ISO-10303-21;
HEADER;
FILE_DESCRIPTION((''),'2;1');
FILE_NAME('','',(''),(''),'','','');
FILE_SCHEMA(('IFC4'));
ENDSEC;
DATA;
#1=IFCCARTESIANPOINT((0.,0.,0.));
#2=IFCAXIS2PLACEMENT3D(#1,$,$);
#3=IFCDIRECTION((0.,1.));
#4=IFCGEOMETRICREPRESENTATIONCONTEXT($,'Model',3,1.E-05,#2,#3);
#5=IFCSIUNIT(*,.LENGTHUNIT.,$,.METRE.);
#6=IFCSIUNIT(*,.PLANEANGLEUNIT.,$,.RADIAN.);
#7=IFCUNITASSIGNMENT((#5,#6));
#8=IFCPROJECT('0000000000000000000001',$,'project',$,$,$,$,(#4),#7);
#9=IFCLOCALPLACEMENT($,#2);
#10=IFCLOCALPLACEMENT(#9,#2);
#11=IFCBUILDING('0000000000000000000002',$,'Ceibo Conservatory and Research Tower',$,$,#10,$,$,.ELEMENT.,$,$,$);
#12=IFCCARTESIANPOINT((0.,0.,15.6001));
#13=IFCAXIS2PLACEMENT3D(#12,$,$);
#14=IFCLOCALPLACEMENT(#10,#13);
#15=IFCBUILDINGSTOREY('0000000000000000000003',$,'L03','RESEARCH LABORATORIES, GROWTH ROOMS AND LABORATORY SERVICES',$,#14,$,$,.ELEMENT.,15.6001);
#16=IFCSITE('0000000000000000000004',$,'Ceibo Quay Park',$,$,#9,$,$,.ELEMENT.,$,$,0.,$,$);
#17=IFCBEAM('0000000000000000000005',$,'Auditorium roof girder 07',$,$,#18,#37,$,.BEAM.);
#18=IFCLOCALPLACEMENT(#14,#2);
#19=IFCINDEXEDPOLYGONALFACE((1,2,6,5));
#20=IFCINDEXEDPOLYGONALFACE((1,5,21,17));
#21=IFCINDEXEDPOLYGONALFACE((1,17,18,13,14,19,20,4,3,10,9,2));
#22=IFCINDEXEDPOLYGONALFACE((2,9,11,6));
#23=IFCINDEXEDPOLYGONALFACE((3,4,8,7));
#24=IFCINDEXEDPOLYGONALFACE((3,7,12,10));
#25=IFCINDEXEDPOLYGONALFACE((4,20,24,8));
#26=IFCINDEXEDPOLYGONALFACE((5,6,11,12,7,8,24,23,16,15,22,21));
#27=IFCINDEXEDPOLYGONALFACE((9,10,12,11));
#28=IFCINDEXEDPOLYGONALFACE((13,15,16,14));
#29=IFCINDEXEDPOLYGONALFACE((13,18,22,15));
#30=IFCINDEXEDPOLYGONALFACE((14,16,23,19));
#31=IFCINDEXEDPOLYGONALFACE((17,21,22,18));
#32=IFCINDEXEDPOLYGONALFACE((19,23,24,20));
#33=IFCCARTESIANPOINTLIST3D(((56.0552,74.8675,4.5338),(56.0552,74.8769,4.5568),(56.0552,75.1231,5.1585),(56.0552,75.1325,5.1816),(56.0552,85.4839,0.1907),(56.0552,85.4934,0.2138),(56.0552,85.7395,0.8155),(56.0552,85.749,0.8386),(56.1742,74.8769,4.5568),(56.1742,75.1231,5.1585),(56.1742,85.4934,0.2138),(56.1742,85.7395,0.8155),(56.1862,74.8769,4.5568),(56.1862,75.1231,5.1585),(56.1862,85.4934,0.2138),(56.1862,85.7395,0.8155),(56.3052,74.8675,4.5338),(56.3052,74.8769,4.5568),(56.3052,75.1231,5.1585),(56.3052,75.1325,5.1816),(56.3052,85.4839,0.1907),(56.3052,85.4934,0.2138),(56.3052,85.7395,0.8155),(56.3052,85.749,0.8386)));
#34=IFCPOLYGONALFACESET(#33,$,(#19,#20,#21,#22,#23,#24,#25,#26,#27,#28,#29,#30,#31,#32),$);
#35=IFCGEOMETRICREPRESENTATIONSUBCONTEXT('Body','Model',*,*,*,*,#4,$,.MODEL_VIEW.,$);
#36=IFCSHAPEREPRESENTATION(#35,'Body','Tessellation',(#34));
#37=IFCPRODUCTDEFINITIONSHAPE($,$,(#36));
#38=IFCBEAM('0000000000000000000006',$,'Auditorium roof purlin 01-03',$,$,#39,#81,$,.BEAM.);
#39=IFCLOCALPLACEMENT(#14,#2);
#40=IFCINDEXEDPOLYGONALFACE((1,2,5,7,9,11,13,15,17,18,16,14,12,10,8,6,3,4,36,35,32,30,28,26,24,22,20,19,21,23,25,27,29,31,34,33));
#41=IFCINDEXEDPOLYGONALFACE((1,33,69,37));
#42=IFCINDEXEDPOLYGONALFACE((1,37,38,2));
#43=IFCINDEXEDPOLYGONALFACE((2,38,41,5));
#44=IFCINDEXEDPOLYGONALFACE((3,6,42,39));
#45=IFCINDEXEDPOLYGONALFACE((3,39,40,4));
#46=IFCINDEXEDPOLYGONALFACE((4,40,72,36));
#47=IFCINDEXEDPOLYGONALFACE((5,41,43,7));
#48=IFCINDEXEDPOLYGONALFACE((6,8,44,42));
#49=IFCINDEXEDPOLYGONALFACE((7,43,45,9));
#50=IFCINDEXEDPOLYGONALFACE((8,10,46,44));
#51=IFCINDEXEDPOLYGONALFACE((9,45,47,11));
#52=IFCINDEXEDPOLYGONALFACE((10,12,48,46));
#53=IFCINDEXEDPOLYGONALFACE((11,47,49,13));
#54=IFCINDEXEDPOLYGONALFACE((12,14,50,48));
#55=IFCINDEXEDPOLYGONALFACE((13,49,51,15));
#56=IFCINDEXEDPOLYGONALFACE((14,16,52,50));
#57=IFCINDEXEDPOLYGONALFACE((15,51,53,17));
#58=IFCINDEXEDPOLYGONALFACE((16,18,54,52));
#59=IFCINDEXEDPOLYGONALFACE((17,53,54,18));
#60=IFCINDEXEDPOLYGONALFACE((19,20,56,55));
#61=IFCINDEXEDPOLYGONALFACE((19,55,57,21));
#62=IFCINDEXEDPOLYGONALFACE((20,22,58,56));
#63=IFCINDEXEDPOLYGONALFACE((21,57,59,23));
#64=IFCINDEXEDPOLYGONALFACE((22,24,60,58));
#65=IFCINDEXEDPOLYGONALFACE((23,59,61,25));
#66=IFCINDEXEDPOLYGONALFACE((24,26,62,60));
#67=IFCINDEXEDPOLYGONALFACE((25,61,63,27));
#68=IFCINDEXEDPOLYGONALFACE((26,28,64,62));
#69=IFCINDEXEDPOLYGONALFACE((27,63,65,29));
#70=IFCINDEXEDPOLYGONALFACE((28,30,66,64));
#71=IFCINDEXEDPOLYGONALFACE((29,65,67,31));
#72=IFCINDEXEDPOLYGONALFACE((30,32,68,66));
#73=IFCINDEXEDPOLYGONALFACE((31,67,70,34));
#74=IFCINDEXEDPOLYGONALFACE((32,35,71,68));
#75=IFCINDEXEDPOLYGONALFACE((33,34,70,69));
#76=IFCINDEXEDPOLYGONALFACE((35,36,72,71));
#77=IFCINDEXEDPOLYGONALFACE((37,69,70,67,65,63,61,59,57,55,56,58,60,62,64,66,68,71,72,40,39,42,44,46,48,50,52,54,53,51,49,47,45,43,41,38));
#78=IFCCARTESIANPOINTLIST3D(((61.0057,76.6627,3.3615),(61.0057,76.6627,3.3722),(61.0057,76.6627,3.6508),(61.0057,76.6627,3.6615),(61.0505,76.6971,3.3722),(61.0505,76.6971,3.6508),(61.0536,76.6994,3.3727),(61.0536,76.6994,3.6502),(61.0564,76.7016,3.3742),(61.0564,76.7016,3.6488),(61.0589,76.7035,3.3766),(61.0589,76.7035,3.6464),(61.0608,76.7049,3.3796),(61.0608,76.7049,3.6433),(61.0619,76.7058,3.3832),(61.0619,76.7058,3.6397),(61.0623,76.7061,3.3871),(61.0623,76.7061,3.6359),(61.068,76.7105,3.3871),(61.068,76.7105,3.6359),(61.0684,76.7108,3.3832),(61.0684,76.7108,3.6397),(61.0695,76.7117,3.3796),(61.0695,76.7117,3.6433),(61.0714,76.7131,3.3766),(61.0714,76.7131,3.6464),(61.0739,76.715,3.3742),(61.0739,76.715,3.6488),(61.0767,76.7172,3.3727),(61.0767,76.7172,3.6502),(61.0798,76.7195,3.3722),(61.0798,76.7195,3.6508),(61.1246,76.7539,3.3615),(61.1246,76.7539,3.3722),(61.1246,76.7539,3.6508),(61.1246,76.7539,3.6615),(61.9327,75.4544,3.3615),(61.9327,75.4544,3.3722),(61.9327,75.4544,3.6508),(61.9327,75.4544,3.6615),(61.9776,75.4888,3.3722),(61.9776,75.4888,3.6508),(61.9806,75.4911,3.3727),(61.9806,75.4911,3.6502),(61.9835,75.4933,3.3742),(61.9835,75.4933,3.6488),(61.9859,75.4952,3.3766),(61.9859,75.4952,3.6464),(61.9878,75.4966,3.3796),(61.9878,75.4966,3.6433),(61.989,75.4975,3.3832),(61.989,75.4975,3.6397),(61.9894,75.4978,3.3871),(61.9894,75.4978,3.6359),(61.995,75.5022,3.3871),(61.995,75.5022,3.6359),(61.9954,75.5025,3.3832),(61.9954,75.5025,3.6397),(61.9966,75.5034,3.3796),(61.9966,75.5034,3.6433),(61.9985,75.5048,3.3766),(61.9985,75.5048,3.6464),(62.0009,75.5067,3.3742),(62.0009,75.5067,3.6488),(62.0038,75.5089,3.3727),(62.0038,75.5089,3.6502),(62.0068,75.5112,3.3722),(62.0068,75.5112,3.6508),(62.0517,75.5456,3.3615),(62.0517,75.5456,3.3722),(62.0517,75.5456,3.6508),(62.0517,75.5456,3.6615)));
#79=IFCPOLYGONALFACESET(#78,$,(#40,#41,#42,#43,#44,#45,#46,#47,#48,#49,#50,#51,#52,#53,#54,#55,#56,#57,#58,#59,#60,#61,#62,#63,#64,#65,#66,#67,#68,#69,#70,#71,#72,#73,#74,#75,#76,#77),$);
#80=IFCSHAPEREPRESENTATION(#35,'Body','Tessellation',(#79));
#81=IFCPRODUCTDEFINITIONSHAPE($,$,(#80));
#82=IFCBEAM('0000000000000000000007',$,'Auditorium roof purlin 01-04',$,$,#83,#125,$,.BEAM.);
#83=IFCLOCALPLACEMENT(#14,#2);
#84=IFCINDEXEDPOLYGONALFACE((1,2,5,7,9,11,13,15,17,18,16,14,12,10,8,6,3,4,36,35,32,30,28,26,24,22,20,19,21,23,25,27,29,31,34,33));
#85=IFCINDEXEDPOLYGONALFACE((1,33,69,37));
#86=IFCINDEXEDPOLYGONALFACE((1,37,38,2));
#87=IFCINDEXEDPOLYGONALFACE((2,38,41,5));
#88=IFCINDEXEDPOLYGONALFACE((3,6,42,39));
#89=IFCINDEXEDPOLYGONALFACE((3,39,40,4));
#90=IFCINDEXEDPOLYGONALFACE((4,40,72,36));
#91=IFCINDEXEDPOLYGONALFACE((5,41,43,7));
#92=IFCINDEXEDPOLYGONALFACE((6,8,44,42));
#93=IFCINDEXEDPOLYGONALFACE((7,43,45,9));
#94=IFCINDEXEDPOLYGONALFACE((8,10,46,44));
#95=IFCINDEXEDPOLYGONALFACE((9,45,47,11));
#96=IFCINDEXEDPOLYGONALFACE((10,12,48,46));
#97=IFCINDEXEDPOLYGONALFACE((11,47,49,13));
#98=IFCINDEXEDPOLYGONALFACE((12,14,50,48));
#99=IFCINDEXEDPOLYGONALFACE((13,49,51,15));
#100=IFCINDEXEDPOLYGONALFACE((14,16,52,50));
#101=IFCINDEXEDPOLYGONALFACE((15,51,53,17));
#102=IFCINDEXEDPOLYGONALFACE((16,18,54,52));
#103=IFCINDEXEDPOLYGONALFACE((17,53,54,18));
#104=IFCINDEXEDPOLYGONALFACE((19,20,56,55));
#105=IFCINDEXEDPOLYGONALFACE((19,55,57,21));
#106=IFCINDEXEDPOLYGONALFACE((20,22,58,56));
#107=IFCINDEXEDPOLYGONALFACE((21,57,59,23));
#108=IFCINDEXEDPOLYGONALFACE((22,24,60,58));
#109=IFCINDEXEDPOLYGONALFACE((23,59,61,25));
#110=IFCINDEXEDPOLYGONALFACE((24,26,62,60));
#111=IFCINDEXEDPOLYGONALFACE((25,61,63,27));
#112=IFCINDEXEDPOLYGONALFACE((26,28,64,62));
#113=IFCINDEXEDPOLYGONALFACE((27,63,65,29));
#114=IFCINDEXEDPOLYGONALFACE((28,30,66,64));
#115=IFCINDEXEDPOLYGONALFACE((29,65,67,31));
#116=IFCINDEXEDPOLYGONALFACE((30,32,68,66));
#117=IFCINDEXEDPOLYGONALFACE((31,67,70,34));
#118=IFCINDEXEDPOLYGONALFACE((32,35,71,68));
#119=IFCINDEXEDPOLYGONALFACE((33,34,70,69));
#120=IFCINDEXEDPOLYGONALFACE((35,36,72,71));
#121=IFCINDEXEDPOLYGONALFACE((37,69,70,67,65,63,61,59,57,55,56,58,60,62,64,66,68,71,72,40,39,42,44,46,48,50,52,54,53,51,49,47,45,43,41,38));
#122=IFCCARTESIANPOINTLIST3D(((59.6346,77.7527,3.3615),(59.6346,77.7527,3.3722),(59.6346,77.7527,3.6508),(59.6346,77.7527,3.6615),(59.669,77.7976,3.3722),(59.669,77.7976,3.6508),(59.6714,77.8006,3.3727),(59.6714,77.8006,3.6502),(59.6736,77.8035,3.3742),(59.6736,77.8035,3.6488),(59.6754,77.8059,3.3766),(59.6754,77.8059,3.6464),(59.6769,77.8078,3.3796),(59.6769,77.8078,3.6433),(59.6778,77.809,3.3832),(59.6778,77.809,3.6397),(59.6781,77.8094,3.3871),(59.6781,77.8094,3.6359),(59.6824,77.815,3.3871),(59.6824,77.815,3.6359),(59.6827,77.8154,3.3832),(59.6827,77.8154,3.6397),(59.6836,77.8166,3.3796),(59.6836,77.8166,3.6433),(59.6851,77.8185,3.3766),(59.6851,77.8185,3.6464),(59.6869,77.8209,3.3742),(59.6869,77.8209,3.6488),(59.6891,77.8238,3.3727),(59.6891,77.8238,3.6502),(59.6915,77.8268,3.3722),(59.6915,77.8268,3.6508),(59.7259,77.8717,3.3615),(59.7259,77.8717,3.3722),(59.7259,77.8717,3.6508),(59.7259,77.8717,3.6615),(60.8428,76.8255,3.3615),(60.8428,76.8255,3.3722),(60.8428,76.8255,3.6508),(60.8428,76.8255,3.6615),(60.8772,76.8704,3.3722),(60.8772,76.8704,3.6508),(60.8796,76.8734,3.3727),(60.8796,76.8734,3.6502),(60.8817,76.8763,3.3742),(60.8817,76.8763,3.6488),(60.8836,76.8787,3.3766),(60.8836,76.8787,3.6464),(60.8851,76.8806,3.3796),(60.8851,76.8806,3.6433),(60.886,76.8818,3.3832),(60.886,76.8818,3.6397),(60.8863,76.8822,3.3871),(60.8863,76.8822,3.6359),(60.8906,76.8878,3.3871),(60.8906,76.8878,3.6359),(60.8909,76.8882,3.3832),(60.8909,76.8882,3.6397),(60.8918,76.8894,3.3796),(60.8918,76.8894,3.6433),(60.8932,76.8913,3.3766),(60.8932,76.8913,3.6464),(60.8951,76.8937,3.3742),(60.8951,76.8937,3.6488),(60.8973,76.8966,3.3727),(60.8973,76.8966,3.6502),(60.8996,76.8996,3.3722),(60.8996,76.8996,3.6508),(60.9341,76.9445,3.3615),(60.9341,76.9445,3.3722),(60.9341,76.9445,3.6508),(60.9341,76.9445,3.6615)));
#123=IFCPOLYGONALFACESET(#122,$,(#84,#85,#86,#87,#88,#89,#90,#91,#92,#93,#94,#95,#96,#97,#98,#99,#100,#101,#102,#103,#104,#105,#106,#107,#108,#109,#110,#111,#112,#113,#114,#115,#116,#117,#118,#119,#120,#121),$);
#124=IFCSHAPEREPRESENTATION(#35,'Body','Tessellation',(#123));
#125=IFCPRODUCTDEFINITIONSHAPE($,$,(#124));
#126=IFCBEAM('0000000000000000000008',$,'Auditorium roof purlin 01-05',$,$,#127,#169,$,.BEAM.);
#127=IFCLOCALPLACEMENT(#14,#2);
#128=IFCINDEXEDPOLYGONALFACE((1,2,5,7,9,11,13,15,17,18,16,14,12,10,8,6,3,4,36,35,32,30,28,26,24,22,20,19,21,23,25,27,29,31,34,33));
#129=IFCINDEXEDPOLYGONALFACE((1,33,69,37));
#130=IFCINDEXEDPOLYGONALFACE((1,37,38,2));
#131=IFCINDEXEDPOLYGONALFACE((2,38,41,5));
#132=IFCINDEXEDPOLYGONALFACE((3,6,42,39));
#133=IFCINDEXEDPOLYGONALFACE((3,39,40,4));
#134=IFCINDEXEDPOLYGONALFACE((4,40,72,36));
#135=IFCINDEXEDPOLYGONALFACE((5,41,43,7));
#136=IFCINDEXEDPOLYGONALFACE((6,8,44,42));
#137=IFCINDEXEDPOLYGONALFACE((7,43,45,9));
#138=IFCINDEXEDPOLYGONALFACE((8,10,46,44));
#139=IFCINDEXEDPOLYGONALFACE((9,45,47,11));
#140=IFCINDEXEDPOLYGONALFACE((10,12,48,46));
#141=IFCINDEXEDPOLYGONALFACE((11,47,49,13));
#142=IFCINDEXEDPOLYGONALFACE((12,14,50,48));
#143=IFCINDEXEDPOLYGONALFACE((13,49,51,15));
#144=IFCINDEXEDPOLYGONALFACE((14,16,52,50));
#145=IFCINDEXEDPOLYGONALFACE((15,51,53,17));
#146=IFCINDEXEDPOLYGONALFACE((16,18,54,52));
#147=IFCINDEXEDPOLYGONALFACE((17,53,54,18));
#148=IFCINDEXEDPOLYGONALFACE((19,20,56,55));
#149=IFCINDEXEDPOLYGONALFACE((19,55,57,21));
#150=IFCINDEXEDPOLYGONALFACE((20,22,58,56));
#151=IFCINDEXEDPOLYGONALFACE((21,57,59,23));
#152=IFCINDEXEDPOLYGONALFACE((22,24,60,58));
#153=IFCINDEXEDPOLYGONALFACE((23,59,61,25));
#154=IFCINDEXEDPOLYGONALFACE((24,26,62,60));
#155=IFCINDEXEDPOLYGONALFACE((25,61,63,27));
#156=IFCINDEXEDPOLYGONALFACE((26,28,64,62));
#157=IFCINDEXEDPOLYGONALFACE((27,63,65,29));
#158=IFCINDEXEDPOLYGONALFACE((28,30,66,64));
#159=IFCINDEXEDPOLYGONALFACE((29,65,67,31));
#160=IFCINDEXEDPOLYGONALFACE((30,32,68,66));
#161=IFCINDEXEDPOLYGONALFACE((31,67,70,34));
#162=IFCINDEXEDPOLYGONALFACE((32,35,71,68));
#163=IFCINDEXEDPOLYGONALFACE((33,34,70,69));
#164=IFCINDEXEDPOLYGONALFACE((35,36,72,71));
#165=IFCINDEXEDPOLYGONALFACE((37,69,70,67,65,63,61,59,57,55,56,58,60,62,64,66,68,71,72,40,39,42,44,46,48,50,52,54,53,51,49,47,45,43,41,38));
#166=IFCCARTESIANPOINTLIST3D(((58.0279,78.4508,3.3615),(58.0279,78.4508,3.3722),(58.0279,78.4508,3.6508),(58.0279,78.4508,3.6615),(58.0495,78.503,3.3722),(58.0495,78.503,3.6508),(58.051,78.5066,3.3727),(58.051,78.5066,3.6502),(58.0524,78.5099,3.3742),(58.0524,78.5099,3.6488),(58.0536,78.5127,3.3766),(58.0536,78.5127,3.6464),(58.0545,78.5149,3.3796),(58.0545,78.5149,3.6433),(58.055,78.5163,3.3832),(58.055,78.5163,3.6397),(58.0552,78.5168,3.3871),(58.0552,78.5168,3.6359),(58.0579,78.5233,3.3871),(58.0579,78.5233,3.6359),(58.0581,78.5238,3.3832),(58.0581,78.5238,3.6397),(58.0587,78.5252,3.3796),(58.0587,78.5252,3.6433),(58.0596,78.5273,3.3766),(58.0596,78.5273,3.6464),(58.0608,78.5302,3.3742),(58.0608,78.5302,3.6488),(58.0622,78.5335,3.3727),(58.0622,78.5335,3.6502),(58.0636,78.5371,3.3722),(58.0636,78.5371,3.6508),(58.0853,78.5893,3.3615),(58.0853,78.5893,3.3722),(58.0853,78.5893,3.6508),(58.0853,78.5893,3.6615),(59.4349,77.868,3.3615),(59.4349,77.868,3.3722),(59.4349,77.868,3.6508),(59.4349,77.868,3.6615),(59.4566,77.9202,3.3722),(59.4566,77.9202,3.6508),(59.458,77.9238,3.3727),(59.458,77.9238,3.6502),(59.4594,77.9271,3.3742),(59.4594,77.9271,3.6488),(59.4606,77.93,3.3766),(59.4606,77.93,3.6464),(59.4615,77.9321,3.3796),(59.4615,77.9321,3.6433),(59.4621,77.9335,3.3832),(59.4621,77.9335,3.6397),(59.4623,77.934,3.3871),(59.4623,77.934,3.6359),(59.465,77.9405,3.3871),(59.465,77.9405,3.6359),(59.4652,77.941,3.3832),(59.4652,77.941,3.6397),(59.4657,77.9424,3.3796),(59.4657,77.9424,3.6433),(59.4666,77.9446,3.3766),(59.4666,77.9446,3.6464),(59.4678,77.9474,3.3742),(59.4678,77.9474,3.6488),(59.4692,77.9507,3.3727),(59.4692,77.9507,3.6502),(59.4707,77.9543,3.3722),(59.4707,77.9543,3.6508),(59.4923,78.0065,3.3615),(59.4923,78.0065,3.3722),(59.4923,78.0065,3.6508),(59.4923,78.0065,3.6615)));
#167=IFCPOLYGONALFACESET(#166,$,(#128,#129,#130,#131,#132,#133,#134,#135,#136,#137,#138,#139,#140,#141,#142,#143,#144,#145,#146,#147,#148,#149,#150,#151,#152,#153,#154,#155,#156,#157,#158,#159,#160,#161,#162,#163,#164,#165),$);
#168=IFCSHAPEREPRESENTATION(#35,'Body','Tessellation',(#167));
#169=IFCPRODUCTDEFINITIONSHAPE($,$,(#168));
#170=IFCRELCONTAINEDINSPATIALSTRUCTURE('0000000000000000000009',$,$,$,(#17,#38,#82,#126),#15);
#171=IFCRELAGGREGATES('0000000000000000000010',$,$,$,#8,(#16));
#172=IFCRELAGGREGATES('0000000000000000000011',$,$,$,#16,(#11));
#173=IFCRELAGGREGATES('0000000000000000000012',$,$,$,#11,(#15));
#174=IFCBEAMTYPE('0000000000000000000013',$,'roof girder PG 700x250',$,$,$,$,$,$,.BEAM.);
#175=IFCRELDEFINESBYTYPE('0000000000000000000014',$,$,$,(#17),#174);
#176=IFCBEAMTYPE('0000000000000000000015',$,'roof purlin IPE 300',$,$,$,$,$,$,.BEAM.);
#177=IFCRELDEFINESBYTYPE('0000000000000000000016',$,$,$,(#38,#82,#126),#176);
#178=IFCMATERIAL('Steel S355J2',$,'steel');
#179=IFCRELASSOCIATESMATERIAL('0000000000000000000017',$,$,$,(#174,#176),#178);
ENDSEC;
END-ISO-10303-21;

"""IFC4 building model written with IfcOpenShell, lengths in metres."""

from ifc_helpers import new_model, si_unit, direction, frame, origin, origin_2d, place, context, subcontext, project, spatial, i_section, extrude, material, material_profile, profile_set, type_object, element, save


model = new_model("IFC4")

# Units and contexts
model_context = context("Model", 3, precision=1e-05, world=origin(), true_north=direction((0.0, 1.0)))
body_context = subcontext(model_context, "Body", "Model", "MODEL_VIEW")
ifc_project = project(units=[si_unit("LENGTHUNIT", "METRE"), si_unit("PLANEANGLEUNIT", "RADIAN")], contexts=[model_context])

# Site, building, storey
site_placement = place(None, origin())
site = spatial("IfcSite", under=ifc_project, at=site_placement, Name="Ceibo Quay Park", CompositionType="ELEMENT", RefElevation=0.0)
building_placement = place(site_placement, origin())
building = spatial("IfcBuilding", under=site, at=building_placement, Name="Ceibo Conservatory and Research Tower", CompositionType="ELEMENT")
storey_placement = place(building_placement, frame((0.0, 0.0, 15.6001)))
storey = spatial("IfcBuildingStorey", under=building, at=storey_placement, Name="L03", Description="RESEARCH LABORATORIES, GROWTH ROOMS AND LABORATORY SERVICES", CompositionType="ELEMENT", Elevation=15.6001)

# Beams
ifc_material_1 = material(Name="Steel S355J2", Category="steel")
ifc_material_profile_1 = material_profile(ifc_material_1, i_section(OverallWidth=0.25, OverallDepth=0.7, WebThickness=0.012, FlangeThickness=0.0249, at=origin_2d()), Name="PG 700x250")
ifc_profile_set_1 = profile_set([ifc_material_profile_1], Name="Steel S355J2")
beam_type_1 = type_object("IfcBeamType", Name="roof girder PG 700x250", PredefinedType="BEAM", material=ifc_profile_set_1)
beam_1_placement = place(storey_placement, frame((56.1802, 85.6165, 0.5146), z_axis=(0.0, -0.925549, 0.378627), x_axis=(1.0, 0.0, 0.0)))
element("IfcBeam", 1, at=beam_1_placement, inside=storey, type_object=beam_type_1, Name="Auditorium roof girder 07", PredefinedType="BEAM", context=body_context, shape_type="SweptSolid", body=[
    extrude(i_section(OverallWidth=0.25, OverallDepth=0.7, WebThickness=0.012, FlangeThickness=0.0249, at=origin_2d()), origin(), (0.0, 0.0, 1.0), 11.4705),
])
ifc_material_profile_2 = material_profile(ifc_material_1, i_section(OverallWidth=0.1499, OverallDepth=0.3, WebThickness=0.0071, FlangeThickness=0.0107, FilletRadius=0.0149, at=origin_2d()), Name="IPE 300")
ifc_profile_set_2 = profile_set([ifc_material_profile_2], Name="Steel S355J2")
beam_type_2 = type_object("IfcBeamType", Name="roof purlin IPE 300", PredefinedType="BEAM", material=ifc_profile_set_2)
for number, where, z_axis, x_axis, name in (
    (2, (61.9922, 75.5, 3.5115), (-0.608711, 0.793392, 0.0), (-0.793392, -0.608711, 0.0), "Auditorium roof purlin 01-03"),
    (3, (60.8884, 76.885, 3.5115), (-0.793315, 0.608812, 0.0), (-0.608812, -0.793315, 0.0), "Auditorium roof purlin 01-04"),
    (4, (59.4636, 77.9373, 3.5115), (-0.923886, 0.382668, 0.0), (-0.382668, -0.923886, 0.0), "Auditorium roof purlin 01-05"),
):
    element("IfcBeam", number, at=place(storey_placement, frame(where, z_axis=z_axis, x_axis=x_axis)), inside=storey, type_object=beam_type_2, Name=name, PredefinedType="BEAM", context=body_context, shape_type="SweptSolid", body=[
        extrude(i_section(OverallWidth=0.1499, OverallDepth=0.3, WebThickness=0.0071, FlangeThickness=0.0107, FilletRadius=0.0149, at=origin_2d()), origin(), (0.0, 0.0, 1.0), 1.5229),
    ])

save(model, "model.ifc")
